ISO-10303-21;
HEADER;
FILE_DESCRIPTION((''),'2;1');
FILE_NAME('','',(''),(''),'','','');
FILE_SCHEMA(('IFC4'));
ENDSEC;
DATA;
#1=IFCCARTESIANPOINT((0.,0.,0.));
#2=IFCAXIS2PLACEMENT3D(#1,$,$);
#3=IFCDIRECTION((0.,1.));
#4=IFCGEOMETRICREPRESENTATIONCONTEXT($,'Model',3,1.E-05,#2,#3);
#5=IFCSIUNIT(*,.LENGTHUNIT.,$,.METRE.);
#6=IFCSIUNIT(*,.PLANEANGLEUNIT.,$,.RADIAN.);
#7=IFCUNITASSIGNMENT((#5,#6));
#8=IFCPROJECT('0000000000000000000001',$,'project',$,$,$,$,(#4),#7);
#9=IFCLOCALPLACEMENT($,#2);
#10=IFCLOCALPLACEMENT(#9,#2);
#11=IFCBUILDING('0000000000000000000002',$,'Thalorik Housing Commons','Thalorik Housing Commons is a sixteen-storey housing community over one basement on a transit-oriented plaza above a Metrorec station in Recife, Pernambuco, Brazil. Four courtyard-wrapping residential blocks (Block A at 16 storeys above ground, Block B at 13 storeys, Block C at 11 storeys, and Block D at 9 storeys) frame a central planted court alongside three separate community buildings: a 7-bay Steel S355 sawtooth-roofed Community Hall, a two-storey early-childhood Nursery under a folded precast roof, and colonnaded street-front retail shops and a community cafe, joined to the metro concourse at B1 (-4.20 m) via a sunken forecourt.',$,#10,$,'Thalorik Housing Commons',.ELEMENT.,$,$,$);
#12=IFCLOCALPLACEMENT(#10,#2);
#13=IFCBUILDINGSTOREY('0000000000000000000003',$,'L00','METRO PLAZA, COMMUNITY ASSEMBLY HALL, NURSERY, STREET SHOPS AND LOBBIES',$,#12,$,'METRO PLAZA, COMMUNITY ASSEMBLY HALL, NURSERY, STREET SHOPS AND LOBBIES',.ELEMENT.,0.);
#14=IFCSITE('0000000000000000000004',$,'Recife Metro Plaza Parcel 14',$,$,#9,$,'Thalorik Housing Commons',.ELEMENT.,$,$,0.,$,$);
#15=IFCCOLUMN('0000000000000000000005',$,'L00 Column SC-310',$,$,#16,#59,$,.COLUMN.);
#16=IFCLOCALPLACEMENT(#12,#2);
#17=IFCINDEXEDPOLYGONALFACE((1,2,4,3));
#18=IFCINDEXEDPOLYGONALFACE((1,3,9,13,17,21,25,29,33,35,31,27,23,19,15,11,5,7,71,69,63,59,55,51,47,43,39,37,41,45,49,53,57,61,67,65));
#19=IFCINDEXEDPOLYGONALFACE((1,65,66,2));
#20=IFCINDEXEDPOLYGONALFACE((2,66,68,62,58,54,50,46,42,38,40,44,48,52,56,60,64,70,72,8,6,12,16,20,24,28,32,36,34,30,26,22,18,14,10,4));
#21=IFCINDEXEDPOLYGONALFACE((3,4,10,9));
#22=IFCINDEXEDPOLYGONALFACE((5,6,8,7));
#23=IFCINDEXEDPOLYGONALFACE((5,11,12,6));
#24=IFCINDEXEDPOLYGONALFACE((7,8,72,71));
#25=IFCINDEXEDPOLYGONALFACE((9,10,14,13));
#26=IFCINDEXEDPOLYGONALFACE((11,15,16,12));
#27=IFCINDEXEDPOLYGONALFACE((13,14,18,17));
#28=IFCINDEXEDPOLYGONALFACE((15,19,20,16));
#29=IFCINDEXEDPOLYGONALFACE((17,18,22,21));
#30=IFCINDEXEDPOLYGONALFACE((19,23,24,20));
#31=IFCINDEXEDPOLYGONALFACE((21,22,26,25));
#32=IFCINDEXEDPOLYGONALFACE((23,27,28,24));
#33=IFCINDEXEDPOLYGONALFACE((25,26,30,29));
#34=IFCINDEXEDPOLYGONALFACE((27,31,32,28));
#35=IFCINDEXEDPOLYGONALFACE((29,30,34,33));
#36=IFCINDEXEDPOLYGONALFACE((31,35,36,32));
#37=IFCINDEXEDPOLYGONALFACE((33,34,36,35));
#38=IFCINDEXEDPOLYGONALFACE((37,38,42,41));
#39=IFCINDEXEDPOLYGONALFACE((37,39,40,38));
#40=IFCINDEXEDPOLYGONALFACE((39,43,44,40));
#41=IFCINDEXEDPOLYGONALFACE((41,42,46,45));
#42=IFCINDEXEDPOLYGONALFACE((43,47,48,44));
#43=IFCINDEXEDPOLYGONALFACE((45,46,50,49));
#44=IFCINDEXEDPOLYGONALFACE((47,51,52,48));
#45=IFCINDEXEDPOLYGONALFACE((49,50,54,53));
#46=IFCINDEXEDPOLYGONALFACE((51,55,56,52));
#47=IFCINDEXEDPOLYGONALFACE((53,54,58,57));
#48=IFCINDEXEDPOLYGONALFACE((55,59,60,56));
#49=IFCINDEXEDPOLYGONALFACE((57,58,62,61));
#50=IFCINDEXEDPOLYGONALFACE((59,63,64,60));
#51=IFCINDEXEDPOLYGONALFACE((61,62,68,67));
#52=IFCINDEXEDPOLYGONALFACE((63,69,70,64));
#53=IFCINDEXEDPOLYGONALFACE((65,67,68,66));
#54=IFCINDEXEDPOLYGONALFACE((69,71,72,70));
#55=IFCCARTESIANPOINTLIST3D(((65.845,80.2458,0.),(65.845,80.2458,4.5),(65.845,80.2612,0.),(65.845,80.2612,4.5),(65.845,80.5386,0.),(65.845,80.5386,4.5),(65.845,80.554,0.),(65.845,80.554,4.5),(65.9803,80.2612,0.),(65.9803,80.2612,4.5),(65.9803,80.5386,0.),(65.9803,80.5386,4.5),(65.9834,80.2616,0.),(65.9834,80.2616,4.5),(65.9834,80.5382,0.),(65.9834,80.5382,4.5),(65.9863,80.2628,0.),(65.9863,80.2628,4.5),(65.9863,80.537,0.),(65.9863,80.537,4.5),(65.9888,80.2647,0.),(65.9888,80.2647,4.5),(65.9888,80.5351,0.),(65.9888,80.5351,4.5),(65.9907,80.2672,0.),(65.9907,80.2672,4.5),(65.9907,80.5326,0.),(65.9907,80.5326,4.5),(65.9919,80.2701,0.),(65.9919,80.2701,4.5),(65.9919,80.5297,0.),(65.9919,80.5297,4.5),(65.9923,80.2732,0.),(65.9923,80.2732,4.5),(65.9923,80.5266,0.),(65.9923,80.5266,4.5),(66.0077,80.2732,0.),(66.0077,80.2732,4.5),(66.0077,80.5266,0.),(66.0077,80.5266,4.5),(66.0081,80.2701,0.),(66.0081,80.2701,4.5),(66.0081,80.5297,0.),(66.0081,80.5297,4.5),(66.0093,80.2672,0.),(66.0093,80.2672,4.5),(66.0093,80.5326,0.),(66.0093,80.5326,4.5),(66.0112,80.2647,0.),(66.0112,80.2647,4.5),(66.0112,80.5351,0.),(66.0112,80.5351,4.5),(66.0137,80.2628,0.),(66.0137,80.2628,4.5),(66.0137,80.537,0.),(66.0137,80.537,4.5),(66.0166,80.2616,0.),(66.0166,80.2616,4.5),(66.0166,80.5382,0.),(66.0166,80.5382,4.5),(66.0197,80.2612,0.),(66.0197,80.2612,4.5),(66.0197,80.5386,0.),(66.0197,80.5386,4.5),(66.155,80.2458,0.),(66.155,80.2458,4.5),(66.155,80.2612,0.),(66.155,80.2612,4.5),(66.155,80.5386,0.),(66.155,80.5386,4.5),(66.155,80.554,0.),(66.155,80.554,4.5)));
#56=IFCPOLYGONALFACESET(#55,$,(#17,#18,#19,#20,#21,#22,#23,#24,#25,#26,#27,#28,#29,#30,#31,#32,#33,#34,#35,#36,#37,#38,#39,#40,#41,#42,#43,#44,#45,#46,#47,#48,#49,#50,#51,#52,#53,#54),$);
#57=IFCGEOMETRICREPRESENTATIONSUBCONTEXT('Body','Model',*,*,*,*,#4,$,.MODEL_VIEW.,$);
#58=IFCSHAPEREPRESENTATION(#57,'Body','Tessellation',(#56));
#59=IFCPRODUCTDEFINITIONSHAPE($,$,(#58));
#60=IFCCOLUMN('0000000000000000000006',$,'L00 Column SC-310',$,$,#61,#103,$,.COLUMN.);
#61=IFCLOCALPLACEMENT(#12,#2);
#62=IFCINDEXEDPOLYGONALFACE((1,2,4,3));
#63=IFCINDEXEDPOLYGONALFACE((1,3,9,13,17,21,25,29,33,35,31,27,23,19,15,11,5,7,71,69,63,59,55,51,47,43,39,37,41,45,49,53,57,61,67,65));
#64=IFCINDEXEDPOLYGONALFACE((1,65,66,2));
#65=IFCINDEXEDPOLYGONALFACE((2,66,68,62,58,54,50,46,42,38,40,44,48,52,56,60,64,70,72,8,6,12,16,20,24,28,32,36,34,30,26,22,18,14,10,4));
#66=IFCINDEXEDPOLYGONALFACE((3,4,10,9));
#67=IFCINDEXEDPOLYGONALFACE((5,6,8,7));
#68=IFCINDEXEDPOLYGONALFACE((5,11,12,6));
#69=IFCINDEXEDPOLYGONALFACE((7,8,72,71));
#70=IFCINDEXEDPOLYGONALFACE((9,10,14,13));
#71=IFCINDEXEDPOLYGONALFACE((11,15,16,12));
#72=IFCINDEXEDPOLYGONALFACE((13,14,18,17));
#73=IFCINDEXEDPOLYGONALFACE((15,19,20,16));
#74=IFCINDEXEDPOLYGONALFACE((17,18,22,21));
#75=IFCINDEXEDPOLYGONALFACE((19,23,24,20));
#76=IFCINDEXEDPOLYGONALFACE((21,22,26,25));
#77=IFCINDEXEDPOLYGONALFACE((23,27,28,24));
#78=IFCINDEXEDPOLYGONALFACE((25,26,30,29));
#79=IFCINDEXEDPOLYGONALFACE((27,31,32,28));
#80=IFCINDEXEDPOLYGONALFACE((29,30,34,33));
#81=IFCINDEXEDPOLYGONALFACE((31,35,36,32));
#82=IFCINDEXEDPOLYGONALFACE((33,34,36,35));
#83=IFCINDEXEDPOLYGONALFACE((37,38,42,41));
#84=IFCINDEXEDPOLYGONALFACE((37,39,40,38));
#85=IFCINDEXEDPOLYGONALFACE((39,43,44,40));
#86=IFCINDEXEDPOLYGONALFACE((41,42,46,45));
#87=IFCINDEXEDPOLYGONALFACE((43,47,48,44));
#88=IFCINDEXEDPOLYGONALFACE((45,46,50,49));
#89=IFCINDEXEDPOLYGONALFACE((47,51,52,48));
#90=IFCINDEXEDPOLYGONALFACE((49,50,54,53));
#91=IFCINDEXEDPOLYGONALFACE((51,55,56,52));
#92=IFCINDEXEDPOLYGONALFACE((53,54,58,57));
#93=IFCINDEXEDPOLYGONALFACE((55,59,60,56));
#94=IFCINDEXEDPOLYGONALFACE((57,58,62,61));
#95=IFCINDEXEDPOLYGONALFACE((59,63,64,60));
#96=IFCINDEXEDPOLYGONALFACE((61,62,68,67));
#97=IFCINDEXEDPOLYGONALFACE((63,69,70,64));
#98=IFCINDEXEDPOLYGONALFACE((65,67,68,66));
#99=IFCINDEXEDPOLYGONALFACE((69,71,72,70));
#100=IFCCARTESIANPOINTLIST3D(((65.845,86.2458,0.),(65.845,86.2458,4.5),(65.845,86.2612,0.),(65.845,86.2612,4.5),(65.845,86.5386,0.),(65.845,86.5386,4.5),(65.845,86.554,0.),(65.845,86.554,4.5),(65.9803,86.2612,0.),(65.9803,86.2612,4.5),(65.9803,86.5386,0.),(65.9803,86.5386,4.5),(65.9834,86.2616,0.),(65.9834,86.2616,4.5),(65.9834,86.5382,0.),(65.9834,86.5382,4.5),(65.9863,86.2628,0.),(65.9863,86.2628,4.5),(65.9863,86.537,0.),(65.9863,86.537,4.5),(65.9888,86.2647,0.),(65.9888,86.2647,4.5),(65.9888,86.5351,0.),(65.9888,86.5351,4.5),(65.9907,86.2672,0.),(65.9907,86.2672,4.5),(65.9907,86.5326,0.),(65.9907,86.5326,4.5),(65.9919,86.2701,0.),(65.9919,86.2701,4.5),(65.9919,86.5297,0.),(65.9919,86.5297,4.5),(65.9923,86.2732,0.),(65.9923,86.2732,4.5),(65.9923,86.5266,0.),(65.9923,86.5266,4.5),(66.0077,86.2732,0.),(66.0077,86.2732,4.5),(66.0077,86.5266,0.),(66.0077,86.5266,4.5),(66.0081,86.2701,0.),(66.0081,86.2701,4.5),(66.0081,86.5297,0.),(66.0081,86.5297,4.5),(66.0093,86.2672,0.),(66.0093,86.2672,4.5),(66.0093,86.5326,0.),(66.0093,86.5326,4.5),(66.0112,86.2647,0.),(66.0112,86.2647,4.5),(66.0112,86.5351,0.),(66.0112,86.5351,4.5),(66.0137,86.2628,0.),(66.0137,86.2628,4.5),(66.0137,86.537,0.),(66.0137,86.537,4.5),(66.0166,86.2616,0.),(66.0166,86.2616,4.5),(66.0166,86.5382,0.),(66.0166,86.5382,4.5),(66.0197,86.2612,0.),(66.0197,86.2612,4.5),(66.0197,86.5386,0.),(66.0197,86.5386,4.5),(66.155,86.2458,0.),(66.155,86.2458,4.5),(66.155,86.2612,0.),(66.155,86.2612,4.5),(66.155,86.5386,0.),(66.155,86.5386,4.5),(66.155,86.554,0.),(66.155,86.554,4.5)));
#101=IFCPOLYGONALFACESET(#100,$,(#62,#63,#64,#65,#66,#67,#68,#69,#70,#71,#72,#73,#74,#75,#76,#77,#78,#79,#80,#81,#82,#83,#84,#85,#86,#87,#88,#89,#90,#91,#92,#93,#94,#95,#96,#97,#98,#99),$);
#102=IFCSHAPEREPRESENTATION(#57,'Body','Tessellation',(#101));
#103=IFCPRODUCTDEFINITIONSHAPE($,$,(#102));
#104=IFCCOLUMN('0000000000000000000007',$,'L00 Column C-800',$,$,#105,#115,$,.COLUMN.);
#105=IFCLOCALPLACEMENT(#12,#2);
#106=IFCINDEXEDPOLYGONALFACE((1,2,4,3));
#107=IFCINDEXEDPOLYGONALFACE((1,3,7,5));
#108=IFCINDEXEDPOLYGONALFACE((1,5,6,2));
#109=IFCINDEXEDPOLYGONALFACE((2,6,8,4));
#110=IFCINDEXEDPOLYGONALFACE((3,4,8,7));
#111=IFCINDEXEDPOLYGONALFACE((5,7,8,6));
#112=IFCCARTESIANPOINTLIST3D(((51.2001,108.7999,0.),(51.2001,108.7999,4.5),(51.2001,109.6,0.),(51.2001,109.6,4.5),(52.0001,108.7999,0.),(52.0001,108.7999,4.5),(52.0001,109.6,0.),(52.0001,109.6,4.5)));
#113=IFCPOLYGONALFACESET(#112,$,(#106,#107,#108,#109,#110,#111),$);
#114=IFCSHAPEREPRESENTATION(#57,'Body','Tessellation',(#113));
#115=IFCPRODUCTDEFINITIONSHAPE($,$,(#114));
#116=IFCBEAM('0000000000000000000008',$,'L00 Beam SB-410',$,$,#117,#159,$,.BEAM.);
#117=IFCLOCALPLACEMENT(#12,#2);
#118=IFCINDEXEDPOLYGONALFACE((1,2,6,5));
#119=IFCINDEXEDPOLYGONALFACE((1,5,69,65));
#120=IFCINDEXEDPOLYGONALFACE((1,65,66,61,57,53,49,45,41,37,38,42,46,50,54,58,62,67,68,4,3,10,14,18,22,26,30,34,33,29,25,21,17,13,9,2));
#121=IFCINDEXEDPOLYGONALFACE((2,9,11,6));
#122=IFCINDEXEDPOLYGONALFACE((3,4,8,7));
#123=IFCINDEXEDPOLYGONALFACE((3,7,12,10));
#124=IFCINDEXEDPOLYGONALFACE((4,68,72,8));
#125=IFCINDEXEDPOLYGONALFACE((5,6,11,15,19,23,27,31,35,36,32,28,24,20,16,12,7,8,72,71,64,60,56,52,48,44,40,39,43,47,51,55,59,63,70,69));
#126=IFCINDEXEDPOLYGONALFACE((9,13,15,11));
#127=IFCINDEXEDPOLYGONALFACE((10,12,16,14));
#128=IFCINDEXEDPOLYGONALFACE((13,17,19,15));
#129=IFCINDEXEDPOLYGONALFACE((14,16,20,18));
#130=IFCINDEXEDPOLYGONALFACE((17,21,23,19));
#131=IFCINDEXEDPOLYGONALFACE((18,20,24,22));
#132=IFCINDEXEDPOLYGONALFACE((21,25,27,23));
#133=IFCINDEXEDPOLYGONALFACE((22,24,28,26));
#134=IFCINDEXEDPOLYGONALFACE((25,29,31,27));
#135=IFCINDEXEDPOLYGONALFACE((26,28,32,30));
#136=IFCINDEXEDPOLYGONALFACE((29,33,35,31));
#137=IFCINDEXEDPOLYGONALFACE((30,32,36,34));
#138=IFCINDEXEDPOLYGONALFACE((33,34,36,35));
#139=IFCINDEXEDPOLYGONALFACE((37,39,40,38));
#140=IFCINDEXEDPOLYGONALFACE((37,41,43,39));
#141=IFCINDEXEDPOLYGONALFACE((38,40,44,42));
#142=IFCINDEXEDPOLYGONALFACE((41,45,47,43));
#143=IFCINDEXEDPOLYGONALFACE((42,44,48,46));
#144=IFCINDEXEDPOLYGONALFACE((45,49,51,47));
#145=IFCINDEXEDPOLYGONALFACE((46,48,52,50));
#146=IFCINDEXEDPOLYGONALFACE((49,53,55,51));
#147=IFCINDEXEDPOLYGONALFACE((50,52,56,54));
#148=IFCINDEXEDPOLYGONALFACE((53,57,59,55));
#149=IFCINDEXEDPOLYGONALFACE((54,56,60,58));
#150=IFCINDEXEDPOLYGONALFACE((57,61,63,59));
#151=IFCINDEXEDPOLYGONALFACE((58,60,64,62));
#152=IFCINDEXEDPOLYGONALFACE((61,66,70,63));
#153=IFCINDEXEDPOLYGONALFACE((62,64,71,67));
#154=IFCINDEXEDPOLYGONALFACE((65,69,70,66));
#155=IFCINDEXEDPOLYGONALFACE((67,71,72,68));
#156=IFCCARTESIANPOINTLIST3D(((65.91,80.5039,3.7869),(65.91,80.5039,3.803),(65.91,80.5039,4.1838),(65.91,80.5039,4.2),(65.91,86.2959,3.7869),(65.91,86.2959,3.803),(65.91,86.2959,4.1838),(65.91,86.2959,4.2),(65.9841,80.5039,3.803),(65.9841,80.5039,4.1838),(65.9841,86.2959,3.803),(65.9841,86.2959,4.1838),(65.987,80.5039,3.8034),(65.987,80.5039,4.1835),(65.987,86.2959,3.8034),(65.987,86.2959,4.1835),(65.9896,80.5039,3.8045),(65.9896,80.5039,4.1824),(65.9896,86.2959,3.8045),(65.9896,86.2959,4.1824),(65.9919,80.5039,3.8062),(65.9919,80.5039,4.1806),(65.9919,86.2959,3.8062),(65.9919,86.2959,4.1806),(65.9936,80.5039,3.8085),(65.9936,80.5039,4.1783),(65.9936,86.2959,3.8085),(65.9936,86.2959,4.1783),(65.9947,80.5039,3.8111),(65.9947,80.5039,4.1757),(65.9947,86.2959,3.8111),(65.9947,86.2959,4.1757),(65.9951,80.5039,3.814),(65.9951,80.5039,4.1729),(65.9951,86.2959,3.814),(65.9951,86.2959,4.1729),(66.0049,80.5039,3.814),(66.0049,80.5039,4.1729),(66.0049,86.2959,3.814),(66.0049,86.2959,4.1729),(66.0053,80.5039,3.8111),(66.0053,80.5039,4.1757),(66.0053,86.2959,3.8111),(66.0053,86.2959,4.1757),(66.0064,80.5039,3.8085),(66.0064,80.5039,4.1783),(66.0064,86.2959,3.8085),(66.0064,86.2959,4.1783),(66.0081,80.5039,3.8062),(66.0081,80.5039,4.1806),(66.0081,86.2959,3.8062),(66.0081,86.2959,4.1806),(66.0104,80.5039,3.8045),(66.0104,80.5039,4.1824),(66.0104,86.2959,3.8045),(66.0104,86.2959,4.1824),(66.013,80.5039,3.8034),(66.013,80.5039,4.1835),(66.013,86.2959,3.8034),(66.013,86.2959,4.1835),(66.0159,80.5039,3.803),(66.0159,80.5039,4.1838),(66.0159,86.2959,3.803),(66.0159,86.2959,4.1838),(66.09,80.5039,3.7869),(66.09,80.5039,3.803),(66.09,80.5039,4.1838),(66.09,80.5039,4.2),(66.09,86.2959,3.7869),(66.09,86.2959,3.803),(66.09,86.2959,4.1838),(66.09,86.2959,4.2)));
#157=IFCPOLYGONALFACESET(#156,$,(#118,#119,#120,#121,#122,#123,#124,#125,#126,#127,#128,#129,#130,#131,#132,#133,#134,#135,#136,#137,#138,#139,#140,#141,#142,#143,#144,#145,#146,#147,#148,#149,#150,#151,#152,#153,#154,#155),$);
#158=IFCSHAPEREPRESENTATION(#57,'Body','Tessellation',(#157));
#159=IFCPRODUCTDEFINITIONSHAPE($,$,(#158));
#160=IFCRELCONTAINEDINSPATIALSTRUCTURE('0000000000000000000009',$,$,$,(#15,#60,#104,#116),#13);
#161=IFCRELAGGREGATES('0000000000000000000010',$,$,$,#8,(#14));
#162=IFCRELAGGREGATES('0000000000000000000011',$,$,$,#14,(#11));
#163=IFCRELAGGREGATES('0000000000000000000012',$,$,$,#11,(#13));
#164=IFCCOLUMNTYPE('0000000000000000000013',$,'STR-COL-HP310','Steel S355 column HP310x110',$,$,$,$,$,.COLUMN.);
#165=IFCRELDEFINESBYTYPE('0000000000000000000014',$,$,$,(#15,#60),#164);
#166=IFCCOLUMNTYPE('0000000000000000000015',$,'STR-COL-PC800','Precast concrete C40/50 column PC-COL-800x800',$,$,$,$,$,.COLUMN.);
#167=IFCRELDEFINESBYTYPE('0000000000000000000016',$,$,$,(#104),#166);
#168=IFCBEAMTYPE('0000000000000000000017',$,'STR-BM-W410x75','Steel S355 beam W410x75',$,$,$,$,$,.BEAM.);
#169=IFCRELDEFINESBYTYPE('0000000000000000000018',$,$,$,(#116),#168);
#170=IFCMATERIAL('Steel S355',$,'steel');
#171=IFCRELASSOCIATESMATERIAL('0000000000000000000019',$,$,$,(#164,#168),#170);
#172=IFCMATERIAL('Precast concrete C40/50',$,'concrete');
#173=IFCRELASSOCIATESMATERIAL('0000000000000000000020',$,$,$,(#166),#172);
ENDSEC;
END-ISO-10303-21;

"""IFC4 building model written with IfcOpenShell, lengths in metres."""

from ifc_helpers import new_model, si_unit, direction, frame, origin, origin_2d, place, context, subcontext, project, spatial, rectangle, i_section, extrude, material, material_profile, profile_set, type_object, element, save


model = new_model("IFC4")

# Units and contexts
model_context = context("Model", 3, precision=1e-05, world=origin(), true_north=direction((0.0, 1.0)))
body_context = subcontext(model_context, "Body", "Model", "MODEL_VIEW")
ifc_project = project(units=[si_unit("LENGTHUNIT", "METRE"), si_unit("PLANEANGLEUNIT", "RADIAN")], contexts=[model_context])

# Site, building, storey
site_placement = place(None, origin())
site = spatial("IfcSite", under=ifc_project, at=site_placement, Name="Recife Metro Plaza Parcel 14", LongName="Thalorik Housing Commons", CompositionType="ELEMENT", RefElevation=0.0)
building_placement = place(site_placement, origin())
building = spatial("IfcBuilding", under=site, at=building_placement, Name="Thalorik Housing Commons", Description="Thalorik Housing Commons is a sixteen-storey housing community over one basement on a transit-oriented plaza above a Metrorec station in Recife, Pernambuco, Brazil. Four courtyard-wrapping residential blocks (Block A at 16 storeys above ground, Block B at 13 storeys, Block C at 11 storeys, and Block D at 9 storeys) frame a central planted court alongside three separate community buildings: a 7-bay Steel S355 sawtooth-roofed Community Hall, a two-storey early-childhood Nursery under a folded precast roof, and colonnaded street-front retail shops and a community cafe, joined to the metro concourse at B1 (-4.20 m) via a sunken forecourt.", LongName="Thalorik Housing Commons", CompositionType="ELEMENT")
storey_placement = place(building_placement, origin())
storey = spatial("IfcBuildingStorey", under=building, at=storey_placement, Name="L00", Description="METRO PLAZA, COMMUNITY ASSEMBLY HALL, NURSERY, STREET SHOPS AND LOBBIES", LongName="METRO PLAZA, COMMUNITY ASSEMBLY HALL, NURSERY, STREET SHOPS AND LOBBIES", CompositionType="ELEMENT", Elevation=0.0)

# Columns
ifc_material_1 = material(Name="Steel S355", Category="steel")
ifc_material_profile_1 = material_profile(ifc_material_1, i_section(OverallWidth=0.3101, OverallDepth=0.3081, WebThickness=0.0154, FlangeThickness=0.0154, FilletRadius=0.012, at=origin_2d()), Name="HP310x110", Category="steel")
ifc_profile_set_1 = profile_set([ifc_material_profile_1], Name="Steel S355")
column_type_1 = type_object("IfcColumnType", Name="STR-COL-HP310", Description="Steel S355 column HP310x110", PredefinedType="COLUMN", material=ifc_profile_set_1)
for number, where, z_axis, x_axis, name in (
    (1, (66.0, 80.3999, 0.0), (0.0, 0.0, 1.0), (1.0, 0.0, 0.0), "L00 Column SC-310"),
    (2, (66.0, 86.3999, 0.0), (0.0, 0.0, 1.0), (1.0, 0.0, 0.0), "L00 Column SC-310"),
):
    element("IfcColumn", number, at=place(storey_placement, frame(where, z_axis=z_axis, x_axis=x_axis)), inside=storey, type_object=column_type_1, Name=name, PredefinedType="COLUMN", context=body_context, shape_type="SweptSolid", body=[
        extrude(i_section(OverallWidth=0.3101, OverallDepth=0.3081, WebThickness=0.0154, FlangeThickness=0.0154, FilletRadius=0.012, at=origin_2d()), origin(), (0.0, 0.0, 1.0), 4.5),
    ])
ifc_material_2 = material(Name="Precast concrete C40/50", Category="concrete")
ifc_material_profile_2 = material_profile(ifc_material_2, rectangle(XDim=0.8, YDim=0.8, at=origin_2d()), Name="PC 800x800", Category="concrete")
ifc_profile_set_2 = profile_set([ifc_material_profile_2], Name="Precast concrete C40/50")
column_type_2 = type_object("IfcColumnType", Name="STR-COL-PC800", Description="Precast concrete C40/50 column PC-COL-800x800", PredefinedType="COLUMN", material=ifc_profile_set_2)
column_placement = place(storey_placement, frame((51.6001, 109.2, 0.0), z_axis=(0.0, 0.0, 1.0), x_axis=(1.0, 0.0, 0.0)))
element("IfcColumn", 3, at=column_placement, inside=storey, type_object=column_type_2, Name="L00 Column C-800", PredefinedType="COLUMN", context=body_context, shape_type="SweptSolid", body=[
    extrude(rectangle(XDim=0.8, YDim=0.8, at=origin_2d()), origin(), (0.0, 0.0, 1.0), 4.5),
])

# Beam
ifc_material_profile_3 = material_profile(ifc_material_1, i_section(OverallWidth=0.1799, OverallDepth=0.4131, WebThickness=0.0098, FlangeThickness=0.0161, FilletRadius=0.011, at=origin_2d()), Name="W410x75", Category="steel")
ifc_profile_set_3 = profile_set([ifc_material_profile_3], Name="Steel S355")
beam_type_1 = type_object("IfcBeamType", Name="STR-BM-W410x75", Description="Steel S355 beam W410x75", PredefinedType="BEAM", material=ifc_profile_set_3)
beam_1_placement = place(storey_placement, frame((66.0, 80.5039, 3.9934), z_axis=(0.0, 1.0, 0.0), x_axis=(-1.0, 0.0, 0.0)))
element("IfcBeam", 4, at=beam_1_placement, inside=storey, type_object=beam_type_1, Name="L00 Beam SB-410", PredefinedType="BEAM", context=body_context, shape_type="SweptSolid", body=[
    extrude(i_section(OverallWidth=0.1799, OverallDepth=0.4131, WebThickness=0.0098, FlangeThickness=0.0161, FilletRadius=0.011, at=origin_2d()), origin(), (0.0, 0.0, 1.0), 5.792),
])

save(model, "model.ifc")
